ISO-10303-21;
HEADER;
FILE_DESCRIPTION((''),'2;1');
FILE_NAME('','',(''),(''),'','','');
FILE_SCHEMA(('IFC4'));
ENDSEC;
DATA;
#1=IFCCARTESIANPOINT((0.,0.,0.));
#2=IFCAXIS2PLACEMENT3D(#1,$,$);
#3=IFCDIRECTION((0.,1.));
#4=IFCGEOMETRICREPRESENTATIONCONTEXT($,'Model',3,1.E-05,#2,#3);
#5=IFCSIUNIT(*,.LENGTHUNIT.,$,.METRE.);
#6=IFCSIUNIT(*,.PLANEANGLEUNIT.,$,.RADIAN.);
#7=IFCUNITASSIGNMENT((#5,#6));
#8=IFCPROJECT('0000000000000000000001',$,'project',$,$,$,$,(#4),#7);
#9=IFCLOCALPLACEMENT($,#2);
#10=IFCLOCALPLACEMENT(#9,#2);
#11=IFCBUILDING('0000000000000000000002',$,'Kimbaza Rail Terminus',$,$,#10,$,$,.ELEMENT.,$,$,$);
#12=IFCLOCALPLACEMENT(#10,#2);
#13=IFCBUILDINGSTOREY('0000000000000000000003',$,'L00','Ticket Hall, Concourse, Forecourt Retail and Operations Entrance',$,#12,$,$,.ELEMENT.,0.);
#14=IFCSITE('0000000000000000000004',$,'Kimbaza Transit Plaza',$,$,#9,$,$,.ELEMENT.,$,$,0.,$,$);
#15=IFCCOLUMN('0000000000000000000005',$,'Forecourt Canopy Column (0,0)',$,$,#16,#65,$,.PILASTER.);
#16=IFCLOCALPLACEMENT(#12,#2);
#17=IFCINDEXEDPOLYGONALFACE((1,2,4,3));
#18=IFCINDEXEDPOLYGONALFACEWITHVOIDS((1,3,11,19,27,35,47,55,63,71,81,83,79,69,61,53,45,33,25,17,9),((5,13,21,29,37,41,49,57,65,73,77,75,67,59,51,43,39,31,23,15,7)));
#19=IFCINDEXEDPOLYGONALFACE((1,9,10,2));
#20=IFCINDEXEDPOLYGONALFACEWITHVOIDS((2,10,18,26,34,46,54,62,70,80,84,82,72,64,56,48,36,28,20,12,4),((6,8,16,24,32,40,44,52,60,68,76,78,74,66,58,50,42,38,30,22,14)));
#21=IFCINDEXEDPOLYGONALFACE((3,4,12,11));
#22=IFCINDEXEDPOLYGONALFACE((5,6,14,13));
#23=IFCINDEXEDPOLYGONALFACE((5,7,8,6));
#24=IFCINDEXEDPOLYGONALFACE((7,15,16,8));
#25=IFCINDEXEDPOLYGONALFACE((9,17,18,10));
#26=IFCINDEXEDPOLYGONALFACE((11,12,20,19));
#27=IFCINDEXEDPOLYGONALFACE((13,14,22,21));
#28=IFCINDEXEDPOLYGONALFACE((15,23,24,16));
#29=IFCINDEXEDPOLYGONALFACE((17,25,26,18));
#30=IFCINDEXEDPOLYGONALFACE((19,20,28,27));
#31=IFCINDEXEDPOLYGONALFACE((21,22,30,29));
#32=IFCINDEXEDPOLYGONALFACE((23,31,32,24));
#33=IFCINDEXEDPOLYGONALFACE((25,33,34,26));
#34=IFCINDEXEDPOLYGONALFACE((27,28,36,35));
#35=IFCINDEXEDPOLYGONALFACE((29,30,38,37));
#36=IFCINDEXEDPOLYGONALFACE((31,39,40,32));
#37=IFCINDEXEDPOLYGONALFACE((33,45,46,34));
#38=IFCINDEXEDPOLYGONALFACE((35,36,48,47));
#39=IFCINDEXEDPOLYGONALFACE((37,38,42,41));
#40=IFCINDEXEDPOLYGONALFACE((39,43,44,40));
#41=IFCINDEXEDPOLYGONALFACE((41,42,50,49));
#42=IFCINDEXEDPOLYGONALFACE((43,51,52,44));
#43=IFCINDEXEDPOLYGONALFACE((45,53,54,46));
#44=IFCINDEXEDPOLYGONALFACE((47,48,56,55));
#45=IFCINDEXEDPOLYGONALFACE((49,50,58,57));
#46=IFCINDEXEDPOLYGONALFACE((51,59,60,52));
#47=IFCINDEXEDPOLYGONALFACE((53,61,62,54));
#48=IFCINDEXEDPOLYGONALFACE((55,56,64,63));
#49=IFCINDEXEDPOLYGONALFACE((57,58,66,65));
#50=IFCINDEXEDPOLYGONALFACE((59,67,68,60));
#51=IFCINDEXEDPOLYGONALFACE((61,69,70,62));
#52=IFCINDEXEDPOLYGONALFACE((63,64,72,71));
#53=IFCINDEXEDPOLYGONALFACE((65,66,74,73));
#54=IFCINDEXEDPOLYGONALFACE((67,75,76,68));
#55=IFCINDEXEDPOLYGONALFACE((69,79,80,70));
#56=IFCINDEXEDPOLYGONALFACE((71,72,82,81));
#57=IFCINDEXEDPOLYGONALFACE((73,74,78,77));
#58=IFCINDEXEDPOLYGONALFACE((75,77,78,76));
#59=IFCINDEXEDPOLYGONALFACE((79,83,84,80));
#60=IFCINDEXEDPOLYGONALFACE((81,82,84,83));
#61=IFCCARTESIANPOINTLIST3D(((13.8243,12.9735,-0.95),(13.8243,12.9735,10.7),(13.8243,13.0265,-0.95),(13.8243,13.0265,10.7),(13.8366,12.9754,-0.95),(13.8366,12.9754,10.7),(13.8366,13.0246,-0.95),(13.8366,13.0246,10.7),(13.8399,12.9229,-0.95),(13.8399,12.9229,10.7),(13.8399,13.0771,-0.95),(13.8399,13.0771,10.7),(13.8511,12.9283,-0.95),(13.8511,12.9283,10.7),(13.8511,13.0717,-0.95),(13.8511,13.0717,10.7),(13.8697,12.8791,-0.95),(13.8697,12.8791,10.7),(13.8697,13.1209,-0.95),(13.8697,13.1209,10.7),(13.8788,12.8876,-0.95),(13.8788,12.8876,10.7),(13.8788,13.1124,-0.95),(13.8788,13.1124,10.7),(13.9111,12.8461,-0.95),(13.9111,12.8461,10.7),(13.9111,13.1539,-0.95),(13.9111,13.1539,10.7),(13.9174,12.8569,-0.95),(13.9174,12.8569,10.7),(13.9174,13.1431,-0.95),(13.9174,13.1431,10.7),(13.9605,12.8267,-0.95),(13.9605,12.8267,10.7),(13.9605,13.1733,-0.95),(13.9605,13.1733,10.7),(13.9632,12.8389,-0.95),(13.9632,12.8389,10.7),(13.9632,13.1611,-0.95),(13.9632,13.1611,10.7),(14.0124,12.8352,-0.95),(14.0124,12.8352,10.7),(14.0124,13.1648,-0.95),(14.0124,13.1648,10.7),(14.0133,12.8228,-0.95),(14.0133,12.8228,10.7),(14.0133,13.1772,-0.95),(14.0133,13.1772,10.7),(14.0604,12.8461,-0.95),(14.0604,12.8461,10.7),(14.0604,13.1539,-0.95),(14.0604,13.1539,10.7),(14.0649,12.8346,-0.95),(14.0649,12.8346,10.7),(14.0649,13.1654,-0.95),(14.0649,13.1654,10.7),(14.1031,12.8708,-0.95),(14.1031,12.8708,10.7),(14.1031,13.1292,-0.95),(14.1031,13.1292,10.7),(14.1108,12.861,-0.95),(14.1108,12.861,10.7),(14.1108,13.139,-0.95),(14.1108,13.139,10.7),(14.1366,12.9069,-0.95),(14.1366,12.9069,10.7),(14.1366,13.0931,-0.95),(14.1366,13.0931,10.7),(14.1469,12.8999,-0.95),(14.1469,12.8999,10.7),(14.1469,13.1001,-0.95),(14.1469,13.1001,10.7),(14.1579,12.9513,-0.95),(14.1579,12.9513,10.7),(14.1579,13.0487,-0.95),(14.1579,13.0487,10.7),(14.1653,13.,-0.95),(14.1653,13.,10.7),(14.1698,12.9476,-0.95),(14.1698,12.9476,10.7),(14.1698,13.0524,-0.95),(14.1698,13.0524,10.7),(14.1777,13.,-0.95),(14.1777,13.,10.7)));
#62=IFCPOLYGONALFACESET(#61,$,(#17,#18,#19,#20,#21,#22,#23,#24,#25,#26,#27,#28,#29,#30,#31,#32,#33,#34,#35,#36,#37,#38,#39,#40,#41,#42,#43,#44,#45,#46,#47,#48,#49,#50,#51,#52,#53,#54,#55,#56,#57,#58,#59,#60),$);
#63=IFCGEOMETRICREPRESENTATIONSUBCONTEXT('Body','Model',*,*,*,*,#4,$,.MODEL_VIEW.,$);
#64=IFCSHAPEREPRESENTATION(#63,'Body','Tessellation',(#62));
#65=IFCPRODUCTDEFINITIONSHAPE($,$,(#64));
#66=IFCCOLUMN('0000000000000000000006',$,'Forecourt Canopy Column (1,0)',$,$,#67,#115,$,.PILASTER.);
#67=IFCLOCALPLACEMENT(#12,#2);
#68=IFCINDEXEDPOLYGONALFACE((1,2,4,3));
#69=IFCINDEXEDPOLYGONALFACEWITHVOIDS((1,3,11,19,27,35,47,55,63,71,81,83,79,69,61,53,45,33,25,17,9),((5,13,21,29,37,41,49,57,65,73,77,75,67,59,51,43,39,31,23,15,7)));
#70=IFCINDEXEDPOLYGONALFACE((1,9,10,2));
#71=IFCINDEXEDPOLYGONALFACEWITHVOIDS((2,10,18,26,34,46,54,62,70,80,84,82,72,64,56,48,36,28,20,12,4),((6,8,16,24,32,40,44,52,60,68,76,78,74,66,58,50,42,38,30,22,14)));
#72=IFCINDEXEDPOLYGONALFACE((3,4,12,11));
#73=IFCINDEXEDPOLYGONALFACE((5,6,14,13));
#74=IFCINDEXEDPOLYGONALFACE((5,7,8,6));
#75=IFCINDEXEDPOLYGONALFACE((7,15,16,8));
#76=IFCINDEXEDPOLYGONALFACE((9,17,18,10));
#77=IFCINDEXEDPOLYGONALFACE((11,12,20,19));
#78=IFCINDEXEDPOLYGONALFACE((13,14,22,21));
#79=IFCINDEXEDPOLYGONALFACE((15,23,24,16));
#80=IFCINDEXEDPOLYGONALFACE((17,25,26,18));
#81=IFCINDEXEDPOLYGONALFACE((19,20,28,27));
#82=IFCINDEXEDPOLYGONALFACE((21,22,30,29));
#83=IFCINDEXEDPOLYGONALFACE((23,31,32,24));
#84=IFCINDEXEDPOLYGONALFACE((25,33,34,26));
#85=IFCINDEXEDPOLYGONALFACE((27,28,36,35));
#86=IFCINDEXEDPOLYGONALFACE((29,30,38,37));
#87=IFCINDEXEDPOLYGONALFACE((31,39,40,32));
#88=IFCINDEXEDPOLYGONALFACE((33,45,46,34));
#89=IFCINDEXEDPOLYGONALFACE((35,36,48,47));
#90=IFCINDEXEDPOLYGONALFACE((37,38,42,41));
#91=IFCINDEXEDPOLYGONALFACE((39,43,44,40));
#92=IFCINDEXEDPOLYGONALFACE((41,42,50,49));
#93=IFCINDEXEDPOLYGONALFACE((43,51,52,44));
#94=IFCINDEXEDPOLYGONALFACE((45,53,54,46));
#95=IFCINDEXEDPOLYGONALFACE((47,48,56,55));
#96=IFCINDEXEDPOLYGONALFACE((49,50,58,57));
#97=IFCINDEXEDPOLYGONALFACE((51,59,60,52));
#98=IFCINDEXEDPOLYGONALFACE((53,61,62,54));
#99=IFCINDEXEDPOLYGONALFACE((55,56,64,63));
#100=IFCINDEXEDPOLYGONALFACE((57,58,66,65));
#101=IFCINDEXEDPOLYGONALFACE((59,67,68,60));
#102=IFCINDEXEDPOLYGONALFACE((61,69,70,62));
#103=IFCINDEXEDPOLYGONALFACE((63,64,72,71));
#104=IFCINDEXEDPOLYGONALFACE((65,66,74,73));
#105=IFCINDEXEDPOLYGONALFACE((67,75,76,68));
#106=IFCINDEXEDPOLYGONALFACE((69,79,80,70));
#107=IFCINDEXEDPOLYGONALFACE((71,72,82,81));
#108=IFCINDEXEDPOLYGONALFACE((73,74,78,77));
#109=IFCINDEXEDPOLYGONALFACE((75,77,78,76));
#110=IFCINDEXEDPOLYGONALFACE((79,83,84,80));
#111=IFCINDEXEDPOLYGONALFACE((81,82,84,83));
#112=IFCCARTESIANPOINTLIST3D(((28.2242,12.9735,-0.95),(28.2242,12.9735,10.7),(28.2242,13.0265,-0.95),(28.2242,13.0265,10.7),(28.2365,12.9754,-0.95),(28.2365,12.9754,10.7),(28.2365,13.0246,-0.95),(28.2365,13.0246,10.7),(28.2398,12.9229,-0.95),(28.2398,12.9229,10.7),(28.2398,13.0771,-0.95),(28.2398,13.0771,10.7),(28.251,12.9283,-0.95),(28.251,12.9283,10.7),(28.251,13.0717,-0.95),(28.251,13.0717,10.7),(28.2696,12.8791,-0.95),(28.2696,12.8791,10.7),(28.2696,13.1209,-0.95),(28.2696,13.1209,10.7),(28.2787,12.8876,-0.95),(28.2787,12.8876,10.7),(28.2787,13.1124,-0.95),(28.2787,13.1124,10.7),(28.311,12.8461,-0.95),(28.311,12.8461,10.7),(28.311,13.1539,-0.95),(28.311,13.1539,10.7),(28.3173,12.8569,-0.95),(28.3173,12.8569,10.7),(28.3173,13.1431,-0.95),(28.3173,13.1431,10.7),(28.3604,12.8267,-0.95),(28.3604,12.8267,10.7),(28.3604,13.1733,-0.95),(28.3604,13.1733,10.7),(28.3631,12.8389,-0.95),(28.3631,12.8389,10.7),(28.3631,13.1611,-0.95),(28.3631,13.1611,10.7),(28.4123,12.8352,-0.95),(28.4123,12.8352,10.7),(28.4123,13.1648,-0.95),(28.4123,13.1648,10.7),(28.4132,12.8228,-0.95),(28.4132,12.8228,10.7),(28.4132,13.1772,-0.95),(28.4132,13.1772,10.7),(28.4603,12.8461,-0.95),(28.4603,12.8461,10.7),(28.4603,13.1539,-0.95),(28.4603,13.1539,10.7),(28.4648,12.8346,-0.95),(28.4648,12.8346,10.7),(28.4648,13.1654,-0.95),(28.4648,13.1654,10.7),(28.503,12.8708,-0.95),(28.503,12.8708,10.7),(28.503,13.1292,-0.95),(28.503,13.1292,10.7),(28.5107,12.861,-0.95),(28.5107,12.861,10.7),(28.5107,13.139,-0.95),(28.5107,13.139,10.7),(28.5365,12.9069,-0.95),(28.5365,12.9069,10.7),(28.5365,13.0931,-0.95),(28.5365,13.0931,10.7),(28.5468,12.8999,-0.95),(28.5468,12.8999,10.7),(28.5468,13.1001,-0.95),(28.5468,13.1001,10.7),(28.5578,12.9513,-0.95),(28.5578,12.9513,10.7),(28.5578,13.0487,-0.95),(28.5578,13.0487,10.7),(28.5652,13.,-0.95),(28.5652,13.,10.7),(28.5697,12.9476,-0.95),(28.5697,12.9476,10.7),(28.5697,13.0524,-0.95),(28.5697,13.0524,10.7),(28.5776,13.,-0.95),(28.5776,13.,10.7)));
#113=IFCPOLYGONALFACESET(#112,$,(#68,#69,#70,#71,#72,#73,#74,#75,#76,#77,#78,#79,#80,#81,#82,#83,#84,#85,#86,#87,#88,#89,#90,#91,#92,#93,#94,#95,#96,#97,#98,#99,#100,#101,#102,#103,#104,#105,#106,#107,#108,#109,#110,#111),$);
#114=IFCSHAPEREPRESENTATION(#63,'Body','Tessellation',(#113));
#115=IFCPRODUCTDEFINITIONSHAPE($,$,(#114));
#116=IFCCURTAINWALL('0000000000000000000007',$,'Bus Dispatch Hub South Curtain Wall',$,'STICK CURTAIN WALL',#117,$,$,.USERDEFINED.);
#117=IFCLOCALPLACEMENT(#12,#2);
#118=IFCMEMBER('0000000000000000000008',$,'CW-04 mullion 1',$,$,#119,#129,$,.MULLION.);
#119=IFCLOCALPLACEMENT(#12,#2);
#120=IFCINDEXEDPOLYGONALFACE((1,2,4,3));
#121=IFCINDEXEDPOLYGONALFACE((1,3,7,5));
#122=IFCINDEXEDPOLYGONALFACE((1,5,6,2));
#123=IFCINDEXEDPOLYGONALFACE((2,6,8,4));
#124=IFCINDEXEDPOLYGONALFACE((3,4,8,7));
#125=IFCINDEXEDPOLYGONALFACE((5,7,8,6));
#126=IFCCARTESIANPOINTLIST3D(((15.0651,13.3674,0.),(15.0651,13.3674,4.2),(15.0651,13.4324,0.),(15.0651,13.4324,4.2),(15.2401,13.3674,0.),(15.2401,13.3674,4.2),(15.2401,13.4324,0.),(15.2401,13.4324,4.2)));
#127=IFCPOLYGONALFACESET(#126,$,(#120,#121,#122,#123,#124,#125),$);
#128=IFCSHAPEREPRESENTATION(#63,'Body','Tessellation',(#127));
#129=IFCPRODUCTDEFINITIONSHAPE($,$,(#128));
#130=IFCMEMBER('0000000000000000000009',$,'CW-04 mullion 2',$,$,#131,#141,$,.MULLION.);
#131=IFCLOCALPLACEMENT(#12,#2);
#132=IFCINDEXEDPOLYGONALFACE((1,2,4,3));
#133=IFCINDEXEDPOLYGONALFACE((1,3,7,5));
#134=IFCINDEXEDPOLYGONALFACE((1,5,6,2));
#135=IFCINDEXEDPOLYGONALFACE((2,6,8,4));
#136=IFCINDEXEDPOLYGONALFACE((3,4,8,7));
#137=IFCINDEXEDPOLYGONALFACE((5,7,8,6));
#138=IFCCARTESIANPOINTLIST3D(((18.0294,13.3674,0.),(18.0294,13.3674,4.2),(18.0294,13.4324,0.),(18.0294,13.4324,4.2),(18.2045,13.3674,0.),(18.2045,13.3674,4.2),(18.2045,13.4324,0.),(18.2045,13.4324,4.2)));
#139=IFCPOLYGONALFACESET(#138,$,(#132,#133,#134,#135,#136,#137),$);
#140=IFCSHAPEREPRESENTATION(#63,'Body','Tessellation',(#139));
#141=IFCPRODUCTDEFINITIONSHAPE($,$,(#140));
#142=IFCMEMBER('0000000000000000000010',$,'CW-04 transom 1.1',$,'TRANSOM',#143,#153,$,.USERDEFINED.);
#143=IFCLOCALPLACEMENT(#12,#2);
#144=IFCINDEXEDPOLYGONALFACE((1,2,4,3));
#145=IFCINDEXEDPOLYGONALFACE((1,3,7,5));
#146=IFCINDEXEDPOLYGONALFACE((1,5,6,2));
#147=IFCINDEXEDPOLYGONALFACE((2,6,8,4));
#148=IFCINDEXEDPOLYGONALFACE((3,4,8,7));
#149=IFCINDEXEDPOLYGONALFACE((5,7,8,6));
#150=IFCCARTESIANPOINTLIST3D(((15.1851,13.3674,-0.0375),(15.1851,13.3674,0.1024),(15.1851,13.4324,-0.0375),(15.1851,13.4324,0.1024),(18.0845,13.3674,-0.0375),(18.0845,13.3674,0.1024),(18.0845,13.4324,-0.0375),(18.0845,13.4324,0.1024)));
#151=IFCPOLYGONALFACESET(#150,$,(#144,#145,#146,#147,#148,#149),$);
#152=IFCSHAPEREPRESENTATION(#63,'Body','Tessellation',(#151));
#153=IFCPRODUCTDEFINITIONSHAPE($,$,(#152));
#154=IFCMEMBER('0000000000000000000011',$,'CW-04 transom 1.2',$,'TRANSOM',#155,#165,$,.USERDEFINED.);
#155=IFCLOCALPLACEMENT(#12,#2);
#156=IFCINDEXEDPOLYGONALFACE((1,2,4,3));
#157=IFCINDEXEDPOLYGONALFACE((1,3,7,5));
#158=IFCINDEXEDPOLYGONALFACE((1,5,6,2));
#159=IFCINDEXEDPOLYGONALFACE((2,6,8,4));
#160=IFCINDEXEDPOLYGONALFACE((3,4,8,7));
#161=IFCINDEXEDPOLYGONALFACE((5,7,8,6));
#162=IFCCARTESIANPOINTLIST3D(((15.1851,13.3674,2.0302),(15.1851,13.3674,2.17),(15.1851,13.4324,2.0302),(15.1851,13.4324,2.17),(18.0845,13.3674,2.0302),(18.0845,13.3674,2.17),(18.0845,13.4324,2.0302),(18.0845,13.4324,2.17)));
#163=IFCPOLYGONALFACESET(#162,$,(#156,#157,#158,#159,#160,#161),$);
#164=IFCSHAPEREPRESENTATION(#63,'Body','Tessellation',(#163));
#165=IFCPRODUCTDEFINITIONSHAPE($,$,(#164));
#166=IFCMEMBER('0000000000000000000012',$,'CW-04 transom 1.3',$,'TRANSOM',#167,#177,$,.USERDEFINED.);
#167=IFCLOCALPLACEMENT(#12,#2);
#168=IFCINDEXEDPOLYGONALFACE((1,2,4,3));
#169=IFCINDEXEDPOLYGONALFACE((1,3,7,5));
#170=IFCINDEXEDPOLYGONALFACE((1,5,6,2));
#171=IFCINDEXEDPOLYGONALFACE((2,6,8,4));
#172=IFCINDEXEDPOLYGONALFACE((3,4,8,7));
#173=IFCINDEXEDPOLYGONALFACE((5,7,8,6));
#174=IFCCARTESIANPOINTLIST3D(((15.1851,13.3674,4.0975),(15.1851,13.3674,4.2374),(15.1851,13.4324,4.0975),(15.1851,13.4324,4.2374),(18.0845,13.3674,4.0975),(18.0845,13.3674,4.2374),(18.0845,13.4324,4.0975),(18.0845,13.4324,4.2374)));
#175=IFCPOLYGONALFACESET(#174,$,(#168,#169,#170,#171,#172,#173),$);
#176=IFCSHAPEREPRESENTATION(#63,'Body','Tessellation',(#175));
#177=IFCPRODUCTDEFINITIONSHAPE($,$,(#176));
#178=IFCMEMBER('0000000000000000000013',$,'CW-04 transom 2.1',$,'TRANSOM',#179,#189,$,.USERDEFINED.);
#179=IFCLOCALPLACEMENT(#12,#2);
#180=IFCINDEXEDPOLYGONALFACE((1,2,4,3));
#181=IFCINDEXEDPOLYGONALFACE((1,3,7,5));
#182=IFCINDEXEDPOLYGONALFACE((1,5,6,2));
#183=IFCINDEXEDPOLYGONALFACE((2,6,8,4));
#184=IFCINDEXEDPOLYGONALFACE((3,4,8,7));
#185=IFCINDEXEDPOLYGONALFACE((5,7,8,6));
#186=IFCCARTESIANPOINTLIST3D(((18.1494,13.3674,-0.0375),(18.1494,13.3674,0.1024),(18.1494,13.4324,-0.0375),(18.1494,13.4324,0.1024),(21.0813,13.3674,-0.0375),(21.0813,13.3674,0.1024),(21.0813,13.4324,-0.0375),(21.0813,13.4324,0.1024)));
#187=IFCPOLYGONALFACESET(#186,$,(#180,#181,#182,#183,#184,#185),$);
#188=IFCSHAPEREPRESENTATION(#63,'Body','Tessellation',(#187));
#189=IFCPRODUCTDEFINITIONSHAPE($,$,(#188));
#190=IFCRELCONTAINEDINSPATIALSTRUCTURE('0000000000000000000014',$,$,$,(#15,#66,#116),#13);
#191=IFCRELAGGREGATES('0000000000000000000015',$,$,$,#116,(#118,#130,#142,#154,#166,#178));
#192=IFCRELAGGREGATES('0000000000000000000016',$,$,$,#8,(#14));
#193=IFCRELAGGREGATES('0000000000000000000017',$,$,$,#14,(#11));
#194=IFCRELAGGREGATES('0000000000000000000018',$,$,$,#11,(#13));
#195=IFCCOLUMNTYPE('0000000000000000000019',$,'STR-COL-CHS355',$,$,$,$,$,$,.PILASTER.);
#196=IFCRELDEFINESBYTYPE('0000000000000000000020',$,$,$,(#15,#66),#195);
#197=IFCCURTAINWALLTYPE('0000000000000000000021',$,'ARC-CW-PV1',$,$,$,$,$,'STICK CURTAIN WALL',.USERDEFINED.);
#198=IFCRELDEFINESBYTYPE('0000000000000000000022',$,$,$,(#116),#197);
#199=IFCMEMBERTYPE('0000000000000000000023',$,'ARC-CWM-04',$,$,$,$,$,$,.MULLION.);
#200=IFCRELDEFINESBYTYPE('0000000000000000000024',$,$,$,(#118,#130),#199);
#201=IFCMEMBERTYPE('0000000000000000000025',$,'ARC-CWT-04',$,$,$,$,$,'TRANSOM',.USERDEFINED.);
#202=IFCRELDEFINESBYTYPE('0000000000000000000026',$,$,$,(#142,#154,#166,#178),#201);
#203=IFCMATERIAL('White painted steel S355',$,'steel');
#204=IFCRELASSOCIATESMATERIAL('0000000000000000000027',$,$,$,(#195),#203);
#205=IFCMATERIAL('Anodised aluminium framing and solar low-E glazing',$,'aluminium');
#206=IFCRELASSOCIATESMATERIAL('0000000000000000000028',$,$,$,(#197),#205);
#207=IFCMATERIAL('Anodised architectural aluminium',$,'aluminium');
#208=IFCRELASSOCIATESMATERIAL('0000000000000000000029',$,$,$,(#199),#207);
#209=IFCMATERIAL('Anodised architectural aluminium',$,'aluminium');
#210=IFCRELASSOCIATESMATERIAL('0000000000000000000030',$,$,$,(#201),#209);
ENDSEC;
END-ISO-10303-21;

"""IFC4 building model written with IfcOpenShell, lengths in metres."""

from ifc_helpers import new_model, si_unit, direction, frame, origin, origin_2d, place, context, subcontext, project, spatial, rectangle, hollow_circle, extrude, material, material_profile, profile_set, type_object, element, aggregate, save


model = new_model("IFC4")

# Units and contexts
model_context = context("Model", 3, precision=1e-05, world=origin(), true_north=direction((0.0, 1.0)))
body_context = subcontext(model_context, "Body", "Model", "MODEL_VIEW")
ifc_project = project(units=[si_unit("LENGTHUNIT", "METRE"), si_unit("PLANEANGLEUNIT", "RADIAN")], contexts=[model_context])

# Site, building, storey
site_placement = place(None, origin())
site = spatial("IfcSite", under=ifc_project, at=site_placement, Name="Kimbaza Transit Plaza", CompositionType="ELEMENT", RefElevation=0.0)
building_placement = place(site_placement, origin())
building = spatial("IfcBuilding", under=site, at=building_placement, Name="Kimbaza Rail Terminus", CompositionType="ELEMENT")
storey_placement = place(building_placement, origin())
storey = spatial("IfcBuildingStorey", under=building, at=storey_placement, Name="L00", Description="Ticket Hall, Concourse, Forecourt Retail and Operations Entrance", CompositionType="ELEMENT", Elevation=0.0)

# Columns
ifc_material_1 = material(Name="White painted steel S355", Category="steel")
ifc_material_profile_1 = material_profile(ifc_material_1, hollow_circle(Radius=0.1777, WallThickness=0.0125, at=origin_2d()), Name="CHS 355.6x12.5")
ifc_profile_set_1 = profile_set([ifc_material_profile_1], Name="White painted steel S355")
column_type = type_object("IfcColumnType", Name="STR-COL-CHS355", PredefinedType="PILASTER", material=ifc_profile_set_1)
for number, where, z_axis, x_axis, name in (
    (1, (14.0, 13.0, -0.95), (0.0, 0.0, 1.0), (1.0, 0.0, 0.0), "Forecourt Canopy Column (0,0)"),
    (2, (28.3999, 13.0, -0.95), (0.0, 0.0, 1.0), (1.0, 0.0, 0.0), "Forecourt Canopy Column (1,0)"),
):
    element("IfcColumn", number, at=place(storey_placement, frame(where, z_axis=z_axis, x_axis=x_axis)), inside=storey, type_object=column_type, Name=name, PredefinedType="PILASTER", context=body_context, shape_type="SweptSolid", body=[
        extrude(hollow_circle(Radius=0.1777, WallThickness=0.0125, at=origin_2d()), origin(), (0.0, 0.0, 1.0), 11.6499),
    ])

# Curtain wall, members
ifc_material_2 = material(Name="Anodised aluminium framing and solar low-E glazing", Category="aluminium")
curtain_wall_type = type_object("IfcCurtainWallType", Name="ARC-CW-PV1", ElementType="STICK CURTAIN WALL", PredefinedType="USERDEFINED", material=ifc_material_2)
curtain_wall_placement = place(storey_placement, origin())
curtain_wall = element("IfcCurtainWall", 3, at=curtain_wall_placement, inside=storey, type_object=curtain_wall_type, Name="Bus Dispatch Hub South Curtain Wall", ObjectType="STICK CURTAIN WALL", PredefinedType="USERDEFINED")
ifc_material_3 = material(Name="Anodised architectural aluminium", Category="aluminium")
ifc_material_profile_2 = material_profile(ifc_material_3, rectangle(XDim=0.0649, YDim=0.175, at=origin_2d()), Name="MULLION 65x175")
ifc_profile_set_2 = profile_set([ifc_material_profile_2], Name="Anodised architectural aluminium")
member_type_1 = type_object("IfcMemberType", Name="ARC-CWM-04", PredefinedType="MULLION", material=ifc_profile_set_2)
member_1_placement = place(storey_placement, frame((15.1526, 13.3999, 0.0), z_axis=(0.0, 0.0, 1.0), x_axis=(0.0, 1.0, 0.0)))
member_1 = element("IfcMember", 4, at=member_1_placement, type_object=member_type_1, Name="CW-04 mullion 1", PredefinedType="MULLION", context=body_context, shape_type="SweptSolid", body=[
    extrude(rectangle(XDim=0.0649, YDim=0.175, at=origin_2d()), origin(), (0.0, 0.0, 1.0), 4.2),
])
member_2_placement = place(storey_placement, frame((18.1169, 13.3999, 0.0), z_axis=(0.0, 0.0, 1.0), x_axis=(0.0, 1.0, 0.0)))
member_2 = element("IfcMember", 5, at=member_2_placement, type_object=member_type_1, Name="CW-04 mullion 2", PredefinedType="MULLION", context=body_context, shape_type="SweptSolid", body=[
    extrude(rectangle(XDim=0.0649, YDim=0.175, at=origin_2d()), origin(), (0.0, 0.0, 1.0), 4.2),
])
ifc_material_4 = material(Name="Anodised architectural aluminium", Category="aluminium")
ifc_material_profile_3 = material_profile(ifc_material_4, rectangle(XDim=0.0649, YDim=0.1399, at=origin_2d()), Name="TRANSOM 65x140")
ifc_profile_set_3 = profile_set([ifc_material_profile_3], Name="Anodised architectural aluminium")
member_type_2 = type_object("IfcMemberType", Name="ARC-CWT-04", ElementType="TRANSOM", PredefinedType="USERDEFINED", material=ifc_profile_set_3)
member_3_placement = place(storey_placement, frame((15.1851, 13.3999, 0.0325), z_axis=(1.0, 0.0, 0.0), x_axis=(0.0, 1.0, 0.0)))
member_3 = element("IfcMember", 6, at=member_3_placement, type_object=member_type_2, Name="CW-04 transom 1.1", ObjectType="TRANSOM", PredefinedType="USERDEFINED", context=body_context, shape_type="SweptSolid", body=[
    extrude(rectangle(XDim=0.0649, YDim=0.1399, at=origin_2d()), origin(), (0.0, 0.0, 1.0), 2.8994),
])
member_4_placement = place(storey_placement, frame((15.1851, 13.3999, 2.1001), z_axis=(1.0, 0.0, 0.0), x_axis=(0.0, 1.0, 0.0)))
member_4 = element("IfcMember", 7, at=member_4_placement, type_object=member_type_2, Name="CW-04 transom 1.2", ObjectType="TRANSOM", PredefinedType="USERDEFINED", context=body_context, shape_type="SweptSolid", body=[
    extrude(rectangle(XDim=0.0649, YDim=0.1399, at=origin_2d()), origin(), (0.0, 0.0, 1.0), 2.8994),
])
member_5_placement = place(storey_placement, frame((15.1851, 13.3999, 4.1675), z_axis=(1.0, 0.0, 0.0), x_axis=(0.0, 1.0, 0.0)))
member_5 = element("IfcMember", 8, at=member_5_placement, type_object=member_type_2, Name="CW-04 transom 1.3", ObjectType="TRANSOM", PredefinedType="USERDEFINED", context=body_context, shape_type="SweptSolid", body=[
    extrude(rectangle(XDim=0.0649, YDim=0.1399, at=origin_2d()), origin(), (0.0, 0.0, 1.0), 2.8994),
])
member_6_placement = place(storey_placement, frame((18.1494, 13.3999, 0.0325), z_axis=(1.0, 0.0, 0.0), x_axis=(0.0, 1.0, 0.0)))
member_6 = element("IfcMember", 9, at=member_6_placement, type_object=member_type_2, Name="CW-04 transom 2.1", ObjectType="TRANSOM", PredefinedType="USERDEFINED", context=body_context, shape_type="SweptSolid", body=[
    extrude(rectangle(XDim=0.0649, YDim=0.1399, at=origin_2d()), origin(), (0.0, 0.0, 1.0), 2.9319),
])
aggregate(curtain_wall, [member_1, member_2, member_3, member_4, member_5, member_6])

save(model, "model.ifc")
